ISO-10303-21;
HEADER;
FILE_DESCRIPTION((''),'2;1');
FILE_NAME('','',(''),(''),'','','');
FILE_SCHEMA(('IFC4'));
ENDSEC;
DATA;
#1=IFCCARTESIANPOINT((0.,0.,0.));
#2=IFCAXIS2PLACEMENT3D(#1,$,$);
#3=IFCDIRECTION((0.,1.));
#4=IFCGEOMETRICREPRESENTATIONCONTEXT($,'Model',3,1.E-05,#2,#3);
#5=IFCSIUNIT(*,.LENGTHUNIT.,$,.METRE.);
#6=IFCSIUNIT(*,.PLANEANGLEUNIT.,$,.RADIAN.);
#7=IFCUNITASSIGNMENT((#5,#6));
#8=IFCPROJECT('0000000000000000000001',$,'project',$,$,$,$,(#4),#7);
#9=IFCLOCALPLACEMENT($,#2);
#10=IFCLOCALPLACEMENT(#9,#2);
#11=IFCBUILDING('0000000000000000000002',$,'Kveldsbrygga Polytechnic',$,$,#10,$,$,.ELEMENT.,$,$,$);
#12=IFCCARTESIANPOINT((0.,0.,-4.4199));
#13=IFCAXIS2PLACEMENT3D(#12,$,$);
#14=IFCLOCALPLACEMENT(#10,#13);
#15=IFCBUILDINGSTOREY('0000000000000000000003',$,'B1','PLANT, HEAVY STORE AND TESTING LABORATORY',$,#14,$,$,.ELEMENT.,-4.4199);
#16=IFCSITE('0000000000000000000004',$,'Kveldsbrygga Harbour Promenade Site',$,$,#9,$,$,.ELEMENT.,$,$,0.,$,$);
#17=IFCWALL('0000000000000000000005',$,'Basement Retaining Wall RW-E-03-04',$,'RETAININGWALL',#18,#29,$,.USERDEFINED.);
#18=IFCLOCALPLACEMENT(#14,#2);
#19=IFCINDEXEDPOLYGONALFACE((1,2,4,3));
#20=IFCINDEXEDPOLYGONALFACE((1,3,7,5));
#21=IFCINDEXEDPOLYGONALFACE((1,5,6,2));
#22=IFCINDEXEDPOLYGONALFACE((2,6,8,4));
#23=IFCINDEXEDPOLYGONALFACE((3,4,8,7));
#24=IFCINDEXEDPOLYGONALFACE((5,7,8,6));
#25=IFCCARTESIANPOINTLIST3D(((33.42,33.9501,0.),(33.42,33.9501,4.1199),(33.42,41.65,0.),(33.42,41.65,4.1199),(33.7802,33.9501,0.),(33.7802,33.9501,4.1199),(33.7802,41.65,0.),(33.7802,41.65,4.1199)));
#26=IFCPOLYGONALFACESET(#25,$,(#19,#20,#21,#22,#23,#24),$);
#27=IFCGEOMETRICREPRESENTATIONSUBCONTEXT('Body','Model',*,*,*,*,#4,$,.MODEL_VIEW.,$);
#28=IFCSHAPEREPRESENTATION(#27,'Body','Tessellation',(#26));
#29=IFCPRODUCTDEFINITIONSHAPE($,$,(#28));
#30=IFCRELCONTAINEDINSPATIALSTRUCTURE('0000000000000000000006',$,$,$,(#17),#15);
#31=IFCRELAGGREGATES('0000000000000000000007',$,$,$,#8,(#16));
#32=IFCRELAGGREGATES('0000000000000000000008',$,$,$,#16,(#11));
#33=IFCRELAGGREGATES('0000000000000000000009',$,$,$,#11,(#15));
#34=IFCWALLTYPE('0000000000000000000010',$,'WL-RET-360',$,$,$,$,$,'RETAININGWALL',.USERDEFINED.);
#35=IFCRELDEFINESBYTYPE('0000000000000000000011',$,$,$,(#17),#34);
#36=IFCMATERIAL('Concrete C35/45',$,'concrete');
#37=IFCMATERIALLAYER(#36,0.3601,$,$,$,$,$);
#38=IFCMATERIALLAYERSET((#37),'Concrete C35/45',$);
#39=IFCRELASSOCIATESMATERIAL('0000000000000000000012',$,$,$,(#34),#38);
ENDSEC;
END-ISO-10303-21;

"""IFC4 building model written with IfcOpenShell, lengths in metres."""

from ifc_helpers import new_model, si_unit, direction, frame, frame_2d, origin, place, context, subcontext, project, spatial, rectangle, extrude, material, layer, layer_set, type_object, element, save


model = new_model("IFC4")

# Units and contexts
model_context = context("Model", 3, precision=1e-05, world=origin(), true_north=direction((0.0, 1.0)))
body_context = subcontext(model_context, "Body", "Model", "MODEL_VIEW")
ifc_project = project(units=[si_unit("LENGTHUNIT", "METRE"), si_unit("PLANEANGLEUNIT", "RADIAN")], contexts=[model_context])

# Site, building, storey
site_placement = place(None, origin())
site = spatial("IfcSite", under=ifc_project, at=site_placement, Name="Kveldsbrygga Harbour Promenade Site", CompositionType="ELEMENT", RefElevation=0.0)
building_placement = place(site_placement, origin())
building = spatial("IfcBuilding", under=site, at=building_placement, Name="Kveldsbrygga Polytechnic", CompositionType="ELEMENT")
storey_placement = place(building_placement, frame((0.0, 0.0, -4.4199)))
storey = spatial("IfcBuildingStorey", under=building, at=storey_placement, Name="B1", Description="PLANT, HEAVY STORE AND TESTING LABORATORY", CompositionType="ELEMENT", Elevation=-4.4199)

# Shared definitions
ifc_material_1 = material(Name="Concrete C35/45", Category="concrete")

# Wall
ifc_layer_1 = layer(ifc_material_1, 0.3601)
ifc_layer_set_1 = layer_set([ifc_layer_1], Name="Concrete C35/45")
wall_type_1 = type_object("IfcWallType", Name="WL-RET-360", ElementType="RETAININGWALL", PredefinedType="USERDEFINED", material=ifc_layer_set_1)
wall_1_placement = place(storey_placement, frame((33.6001, 33.95, 0.0), z_axis=(0.0, 0.0, 1.0), x_axis=(0.0, 1.0, 0.0)))
element("IfcWall", 1, at=wall_1_placement, inside=storey, type_object=wall_type_1, Name="Basement Retaining Wall RW-E-03-04", ObjectType="RETAININGWALL", PredefinedType="USERDEFINED", context=body_context, shape_type="SweptSolid", body=[
    extrude(rectangle(XDim=7.7, YDim=0.3601, at=frame_2d((3.8501, 0.0))), origin(), (0.0, 0.0, 1.0), 4.1199),
])

save(model, "model.ifc")
